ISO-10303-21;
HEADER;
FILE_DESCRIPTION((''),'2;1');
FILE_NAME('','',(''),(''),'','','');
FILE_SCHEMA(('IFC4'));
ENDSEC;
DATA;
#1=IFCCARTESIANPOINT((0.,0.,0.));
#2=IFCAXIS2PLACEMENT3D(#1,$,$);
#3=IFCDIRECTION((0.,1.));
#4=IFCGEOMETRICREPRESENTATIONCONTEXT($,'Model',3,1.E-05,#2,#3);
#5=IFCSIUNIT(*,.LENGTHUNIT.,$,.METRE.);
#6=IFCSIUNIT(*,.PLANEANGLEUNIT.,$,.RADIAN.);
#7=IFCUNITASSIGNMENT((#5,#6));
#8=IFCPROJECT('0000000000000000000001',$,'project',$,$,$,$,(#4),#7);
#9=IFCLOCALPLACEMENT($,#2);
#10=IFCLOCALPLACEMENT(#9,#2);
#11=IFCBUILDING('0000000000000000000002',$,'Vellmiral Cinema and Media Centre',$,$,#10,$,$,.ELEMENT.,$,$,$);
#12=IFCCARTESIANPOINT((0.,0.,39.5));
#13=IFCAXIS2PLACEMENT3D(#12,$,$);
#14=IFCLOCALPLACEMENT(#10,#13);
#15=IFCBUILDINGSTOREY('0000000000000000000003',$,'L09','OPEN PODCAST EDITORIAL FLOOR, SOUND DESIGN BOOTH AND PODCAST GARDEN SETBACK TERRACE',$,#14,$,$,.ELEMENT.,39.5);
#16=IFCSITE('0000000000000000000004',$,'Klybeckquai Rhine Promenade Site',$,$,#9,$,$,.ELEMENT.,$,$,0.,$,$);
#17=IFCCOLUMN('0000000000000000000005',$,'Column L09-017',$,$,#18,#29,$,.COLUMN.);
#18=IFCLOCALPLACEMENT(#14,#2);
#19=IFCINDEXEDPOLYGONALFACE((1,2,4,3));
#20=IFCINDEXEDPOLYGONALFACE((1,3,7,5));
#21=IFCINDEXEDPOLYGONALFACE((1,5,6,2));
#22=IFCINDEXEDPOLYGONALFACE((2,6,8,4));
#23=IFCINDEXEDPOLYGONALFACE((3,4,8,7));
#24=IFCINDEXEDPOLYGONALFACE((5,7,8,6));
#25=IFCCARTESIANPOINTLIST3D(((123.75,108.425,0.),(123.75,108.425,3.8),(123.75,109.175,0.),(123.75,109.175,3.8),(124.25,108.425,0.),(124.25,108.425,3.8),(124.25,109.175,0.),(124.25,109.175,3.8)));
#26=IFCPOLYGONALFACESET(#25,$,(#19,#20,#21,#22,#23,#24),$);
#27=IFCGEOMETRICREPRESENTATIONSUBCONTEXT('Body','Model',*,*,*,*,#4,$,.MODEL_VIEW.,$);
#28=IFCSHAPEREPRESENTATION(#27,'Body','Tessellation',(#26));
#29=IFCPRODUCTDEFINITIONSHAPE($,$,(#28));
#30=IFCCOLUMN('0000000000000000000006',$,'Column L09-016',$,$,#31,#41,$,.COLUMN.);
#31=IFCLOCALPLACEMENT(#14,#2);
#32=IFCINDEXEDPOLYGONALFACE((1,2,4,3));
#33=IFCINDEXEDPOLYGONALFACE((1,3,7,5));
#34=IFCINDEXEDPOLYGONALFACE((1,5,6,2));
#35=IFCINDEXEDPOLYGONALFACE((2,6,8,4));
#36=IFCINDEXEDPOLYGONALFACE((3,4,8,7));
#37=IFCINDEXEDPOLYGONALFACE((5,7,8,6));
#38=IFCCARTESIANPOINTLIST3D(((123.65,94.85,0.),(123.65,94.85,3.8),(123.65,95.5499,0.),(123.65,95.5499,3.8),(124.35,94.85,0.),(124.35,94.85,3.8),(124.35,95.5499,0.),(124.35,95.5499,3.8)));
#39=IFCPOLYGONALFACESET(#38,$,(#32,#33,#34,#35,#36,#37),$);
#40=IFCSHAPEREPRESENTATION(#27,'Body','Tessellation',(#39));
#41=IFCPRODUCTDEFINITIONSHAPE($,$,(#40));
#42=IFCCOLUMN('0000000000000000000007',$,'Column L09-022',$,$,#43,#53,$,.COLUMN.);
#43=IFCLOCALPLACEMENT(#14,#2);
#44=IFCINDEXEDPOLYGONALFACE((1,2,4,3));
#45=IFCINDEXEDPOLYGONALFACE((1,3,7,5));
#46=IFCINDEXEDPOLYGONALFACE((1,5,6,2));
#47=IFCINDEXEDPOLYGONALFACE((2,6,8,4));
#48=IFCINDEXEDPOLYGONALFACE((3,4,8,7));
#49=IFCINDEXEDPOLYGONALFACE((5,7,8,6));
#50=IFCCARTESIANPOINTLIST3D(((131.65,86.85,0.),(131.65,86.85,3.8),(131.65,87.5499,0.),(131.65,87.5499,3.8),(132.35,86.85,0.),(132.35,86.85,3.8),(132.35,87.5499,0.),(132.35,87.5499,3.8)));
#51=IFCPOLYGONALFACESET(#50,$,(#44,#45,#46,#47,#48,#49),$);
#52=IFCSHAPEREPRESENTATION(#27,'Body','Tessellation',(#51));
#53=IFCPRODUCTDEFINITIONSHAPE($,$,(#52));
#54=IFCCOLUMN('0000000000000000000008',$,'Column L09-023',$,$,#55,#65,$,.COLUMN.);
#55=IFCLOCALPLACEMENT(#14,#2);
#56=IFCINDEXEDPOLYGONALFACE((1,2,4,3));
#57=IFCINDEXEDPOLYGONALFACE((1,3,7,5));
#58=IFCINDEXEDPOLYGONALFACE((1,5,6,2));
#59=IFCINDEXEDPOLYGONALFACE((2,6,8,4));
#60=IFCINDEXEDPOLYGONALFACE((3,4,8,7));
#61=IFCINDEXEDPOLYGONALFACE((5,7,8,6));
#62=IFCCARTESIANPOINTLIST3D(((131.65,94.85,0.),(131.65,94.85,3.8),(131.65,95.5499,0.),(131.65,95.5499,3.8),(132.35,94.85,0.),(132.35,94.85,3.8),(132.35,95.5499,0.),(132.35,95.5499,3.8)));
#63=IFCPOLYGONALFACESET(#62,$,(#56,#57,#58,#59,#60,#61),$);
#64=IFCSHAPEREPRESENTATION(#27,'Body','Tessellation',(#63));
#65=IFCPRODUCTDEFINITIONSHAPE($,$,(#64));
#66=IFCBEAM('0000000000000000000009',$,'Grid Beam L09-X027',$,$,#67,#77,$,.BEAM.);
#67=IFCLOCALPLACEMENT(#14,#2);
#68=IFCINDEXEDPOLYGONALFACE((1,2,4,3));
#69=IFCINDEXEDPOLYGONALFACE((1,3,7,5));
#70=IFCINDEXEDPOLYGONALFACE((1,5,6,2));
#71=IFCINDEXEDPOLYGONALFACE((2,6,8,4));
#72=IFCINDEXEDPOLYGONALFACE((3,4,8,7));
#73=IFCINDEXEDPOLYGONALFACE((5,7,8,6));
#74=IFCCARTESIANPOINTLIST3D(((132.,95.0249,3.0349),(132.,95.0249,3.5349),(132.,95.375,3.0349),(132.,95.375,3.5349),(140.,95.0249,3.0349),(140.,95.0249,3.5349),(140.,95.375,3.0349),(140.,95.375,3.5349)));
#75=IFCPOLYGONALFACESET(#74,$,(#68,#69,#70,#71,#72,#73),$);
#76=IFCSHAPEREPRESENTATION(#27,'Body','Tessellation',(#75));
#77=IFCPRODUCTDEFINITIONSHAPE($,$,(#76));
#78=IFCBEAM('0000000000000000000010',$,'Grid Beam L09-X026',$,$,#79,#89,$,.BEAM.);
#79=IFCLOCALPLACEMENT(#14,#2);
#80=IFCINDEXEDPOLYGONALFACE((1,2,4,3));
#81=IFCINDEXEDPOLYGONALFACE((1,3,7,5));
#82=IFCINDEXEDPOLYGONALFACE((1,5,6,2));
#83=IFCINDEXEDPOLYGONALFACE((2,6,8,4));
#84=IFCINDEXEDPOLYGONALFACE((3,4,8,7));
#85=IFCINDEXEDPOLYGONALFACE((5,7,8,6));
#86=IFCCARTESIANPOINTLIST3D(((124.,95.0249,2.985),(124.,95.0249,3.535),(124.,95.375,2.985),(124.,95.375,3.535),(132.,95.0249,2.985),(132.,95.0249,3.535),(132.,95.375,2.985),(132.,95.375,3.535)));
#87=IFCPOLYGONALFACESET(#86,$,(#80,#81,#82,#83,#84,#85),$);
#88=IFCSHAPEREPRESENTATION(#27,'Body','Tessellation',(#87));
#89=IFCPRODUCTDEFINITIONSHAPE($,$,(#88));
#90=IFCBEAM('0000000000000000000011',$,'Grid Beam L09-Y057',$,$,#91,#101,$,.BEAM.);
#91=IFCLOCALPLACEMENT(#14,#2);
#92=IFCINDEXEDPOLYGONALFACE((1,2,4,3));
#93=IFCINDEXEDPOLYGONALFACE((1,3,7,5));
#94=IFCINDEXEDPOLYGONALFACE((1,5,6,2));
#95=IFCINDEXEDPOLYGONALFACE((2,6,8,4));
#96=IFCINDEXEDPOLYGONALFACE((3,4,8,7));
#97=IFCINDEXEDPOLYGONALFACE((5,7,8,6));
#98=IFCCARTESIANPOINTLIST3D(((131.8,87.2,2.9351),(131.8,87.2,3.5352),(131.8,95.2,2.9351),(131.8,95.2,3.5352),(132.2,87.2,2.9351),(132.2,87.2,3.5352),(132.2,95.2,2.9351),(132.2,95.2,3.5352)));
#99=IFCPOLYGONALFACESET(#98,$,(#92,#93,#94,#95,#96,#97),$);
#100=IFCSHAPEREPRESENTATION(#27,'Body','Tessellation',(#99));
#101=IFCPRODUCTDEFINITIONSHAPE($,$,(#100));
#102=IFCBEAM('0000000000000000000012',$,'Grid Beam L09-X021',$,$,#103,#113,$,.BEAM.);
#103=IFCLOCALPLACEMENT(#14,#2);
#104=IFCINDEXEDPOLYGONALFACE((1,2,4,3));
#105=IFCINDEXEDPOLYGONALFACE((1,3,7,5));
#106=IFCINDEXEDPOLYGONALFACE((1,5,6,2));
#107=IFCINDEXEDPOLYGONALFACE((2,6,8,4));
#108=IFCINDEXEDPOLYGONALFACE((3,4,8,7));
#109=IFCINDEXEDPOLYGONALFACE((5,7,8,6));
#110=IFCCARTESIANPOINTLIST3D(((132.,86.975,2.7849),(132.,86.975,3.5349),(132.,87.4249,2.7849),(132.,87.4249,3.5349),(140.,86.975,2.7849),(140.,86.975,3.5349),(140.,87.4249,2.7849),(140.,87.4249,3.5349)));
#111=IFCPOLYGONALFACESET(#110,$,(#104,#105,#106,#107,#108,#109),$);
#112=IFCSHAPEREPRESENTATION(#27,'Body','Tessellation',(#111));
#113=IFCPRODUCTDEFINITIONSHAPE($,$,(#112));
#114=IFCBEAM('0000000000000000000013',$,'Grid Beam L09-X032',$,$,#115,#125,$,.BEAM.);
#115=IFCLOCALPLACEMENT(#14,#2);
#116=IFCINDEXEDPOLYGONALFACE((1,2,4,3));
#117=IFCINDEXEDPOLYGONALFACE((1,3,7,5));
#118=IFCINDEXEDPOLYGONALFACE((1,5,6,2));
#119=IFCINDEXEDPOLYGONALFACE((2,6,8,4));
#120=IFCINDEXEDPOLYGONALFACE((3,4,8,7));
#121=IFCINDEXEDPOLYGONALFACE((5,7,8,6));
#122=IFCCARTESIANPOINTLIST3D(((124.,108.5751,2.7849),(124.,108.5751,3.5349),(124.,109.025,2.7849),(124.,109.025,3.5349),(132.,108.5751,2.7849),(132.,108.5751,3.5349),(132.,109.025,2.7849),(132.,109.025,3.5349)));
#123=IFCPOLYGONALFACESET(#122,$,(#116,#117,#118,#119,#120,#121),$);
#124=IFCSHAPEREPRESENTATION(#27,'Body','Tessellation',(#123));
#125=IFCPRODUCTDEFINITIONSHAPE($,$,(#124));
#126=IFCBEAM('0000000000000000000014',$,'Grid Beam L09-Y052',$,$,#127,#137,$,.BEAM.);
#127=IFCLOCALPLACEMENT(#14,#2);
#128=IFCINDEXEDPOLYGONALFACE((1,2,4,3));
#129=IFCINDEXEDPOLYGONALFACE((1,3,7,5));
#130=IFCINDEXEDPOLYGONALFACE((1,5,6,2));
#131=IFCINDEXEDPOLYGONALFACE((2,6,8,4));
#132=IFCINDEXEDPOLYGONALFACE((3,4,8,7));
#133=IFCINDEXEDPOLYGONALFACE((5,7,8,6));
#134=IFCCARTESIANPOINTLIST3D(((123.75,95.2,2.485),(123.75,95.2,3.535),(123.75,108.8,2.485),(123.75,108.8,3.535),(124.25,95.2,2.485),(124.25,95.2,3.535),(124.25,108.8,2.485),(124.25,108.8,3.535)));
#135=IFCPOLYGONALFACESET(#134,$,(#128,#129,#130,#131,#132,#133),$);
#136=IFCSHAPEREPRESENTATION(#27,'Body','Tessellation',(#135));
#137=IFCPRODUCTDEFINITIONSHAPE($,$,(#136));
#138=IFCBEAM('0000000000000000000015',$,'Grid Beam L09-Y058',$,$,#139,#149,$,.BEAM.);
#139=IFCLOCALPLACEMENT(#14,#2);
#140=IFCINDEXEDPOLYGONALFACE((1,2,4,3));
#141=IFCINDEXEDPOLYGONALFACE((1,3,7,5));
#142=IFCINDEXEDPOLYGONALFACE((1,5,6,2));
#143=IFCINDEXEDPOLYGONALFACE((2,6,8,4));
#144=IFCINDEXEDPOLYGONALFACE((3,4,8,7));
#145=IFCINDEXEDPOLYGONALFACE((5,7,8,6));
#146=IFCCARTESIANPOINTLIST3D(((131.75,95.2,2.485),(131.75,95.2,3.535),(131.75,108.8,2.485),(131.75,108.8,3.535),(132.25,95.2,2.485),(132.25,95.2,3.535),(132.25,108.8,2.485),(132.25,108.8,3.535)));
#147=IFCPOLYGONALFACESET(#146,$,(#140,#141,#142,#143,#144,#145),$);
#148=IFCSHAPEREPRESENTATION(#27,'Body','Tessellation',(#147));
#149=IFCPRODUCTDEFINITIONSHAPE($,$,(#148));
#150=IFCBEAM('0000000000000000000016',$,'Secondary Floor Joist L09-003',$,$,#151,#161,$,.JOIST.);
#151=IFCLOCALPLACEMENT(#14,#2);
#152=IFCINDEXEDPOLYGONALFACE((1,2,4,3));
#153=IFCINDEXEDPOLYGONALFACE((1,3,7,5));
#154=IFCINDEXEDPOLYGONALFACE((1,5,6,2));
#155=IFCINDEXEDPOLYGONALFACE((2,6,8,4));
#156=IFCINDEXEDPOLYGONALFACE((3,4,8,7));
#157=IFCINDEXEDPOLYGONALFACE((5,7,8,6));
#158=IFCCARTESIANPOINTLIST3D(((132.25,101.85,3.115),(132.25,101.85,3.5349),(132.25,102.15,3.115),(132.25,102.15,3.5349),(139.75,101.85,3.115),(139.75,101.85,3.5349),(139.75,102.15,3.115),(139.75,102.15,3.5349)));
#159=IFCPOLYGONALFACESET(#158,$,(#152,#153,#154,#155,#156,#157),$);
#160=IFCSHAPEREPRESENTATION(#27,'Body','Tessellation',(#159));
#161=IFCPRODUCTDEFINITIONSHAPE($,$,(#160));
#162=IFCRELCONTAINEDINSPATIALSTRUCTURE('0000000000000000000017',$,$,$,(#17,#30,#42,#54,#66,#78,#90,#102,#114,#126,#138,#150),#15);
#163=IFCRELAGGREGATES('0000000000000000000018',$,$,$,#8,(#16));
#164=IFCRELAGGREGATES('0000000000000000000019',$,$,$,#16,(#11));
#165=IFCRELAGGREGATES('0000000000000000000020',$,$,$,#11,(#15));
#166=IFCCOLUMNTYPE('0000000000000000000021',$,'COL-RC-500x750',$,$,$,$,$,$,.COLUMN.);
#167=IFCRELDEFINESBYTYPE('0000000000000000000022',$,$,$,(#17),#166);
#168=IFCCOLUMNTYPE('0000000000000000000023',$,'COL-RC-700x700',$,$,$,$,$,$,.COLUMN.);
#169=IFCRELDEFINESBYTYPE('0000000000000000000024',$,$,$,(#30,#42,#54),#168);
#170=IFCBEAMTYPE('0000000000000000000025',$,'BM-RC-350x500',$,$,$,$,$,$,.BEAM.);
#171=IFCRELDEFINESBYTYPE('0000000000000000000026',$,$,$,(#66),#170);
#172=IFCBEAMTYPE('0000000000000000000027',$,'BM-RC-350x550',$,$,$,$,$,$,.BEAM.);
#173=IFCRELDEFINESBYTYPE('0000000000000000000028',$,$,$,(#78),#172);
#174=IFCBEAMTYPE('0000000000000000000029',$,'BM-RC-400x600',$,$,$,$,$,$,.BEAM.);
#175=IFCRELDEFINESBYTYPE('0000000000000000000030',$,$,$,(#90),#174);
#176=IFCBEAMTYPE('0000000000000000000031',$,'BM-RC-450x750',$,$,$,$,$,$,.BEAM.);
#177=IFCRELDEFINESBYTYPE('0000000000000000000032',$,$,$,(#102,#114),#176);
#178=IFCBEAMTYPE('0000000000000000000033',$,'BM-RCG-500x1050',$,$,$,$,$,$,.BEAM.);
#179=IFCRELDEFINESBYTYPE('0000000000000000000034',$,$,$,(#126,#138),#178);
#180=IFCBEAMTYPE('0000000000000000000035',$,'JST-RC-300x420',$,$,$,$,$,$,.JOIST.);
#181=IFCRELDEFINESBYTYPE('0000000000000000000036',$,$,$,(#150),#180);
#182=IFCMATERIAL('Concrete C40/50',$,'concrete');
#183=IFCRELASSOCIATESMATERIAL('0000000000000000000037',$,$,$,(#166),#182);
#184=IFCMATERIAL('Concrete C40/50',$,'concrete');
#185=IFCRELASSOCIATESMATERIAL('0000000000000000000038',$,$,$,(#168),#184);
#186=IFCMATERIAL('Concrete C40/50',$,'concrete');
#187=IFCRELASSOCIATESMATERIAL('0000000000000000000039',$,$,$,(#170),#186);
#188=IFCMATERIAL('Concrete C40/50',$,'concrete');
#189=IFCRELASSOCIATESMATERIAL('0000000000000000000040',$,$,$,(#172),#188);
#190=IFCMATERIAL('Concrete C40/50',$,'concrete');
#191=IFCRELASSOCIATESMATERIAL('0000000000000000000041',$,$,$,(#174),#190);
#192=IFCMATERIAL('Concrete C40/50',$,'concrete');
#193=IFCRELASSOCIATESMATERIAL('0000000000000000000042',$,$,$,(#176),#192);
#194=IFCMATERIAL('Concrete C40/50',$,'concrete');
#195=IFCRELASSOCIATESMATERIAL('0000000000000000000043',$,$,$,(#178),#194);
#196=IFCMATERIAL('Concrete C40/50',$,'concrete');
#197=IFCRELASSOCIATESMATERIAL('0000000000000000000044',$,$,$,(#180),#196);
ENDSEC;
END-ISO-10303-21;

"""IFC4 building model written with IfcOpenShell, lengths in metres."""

from ifc_helpers import new_model, si_unit, direction, frame, origin, origin_2d, place, context, subcontext, project, spatial, rectangle, extrude, material, material_profile, profile_set, type_object, element, save


model = new_model("IFC4")

# Units and contexts
model_context = context("Model", 3, precision=1e-05, world=origin(), true_north=direction((0.0, 1.0)))
body_context = subcontext(model_context, "Body", "Model", "MODEL_VIEW")
ifc_project = project(units=[si_unit("LENGTHUNIT", "METRE"), si_unit("PLANEANGLEUNIT", "RADIAN")], contexts=[model_context])

# Site, building, storey
site_placement = place(None, origin())
site = spatial("IfcSite", under=ifc_project, at=site_placement, Name="Klybeckquai Rhine Promenade Site", CompositionType="ELEMENT", RefElevation=0.0)
building_placement = place(site_placement, origin())
building = spatial("IfcBuilding", under=site, at=building_placement, Name="Vellmiral Cinema and Media Centre", CompositionType="ELEMENT")
storey_placement = place(building_placement, frame((0.0, 0.0, 39.5)))
storey = spatial("IfcBuildingStorey", under=building, at=storey_placement, Name="L09", Description="OPEN PODCAST EDITORIAL FLOOR, SOUND DESIGN BOOTH AND PODCAST GARDEN SETBACK TERRACE", CompositionType="ELEMENT", Elevation=39.5)

# Columns
ifc_material_1 = material(Name="Concrete C40/50", Category="concrete")
ifc_material_profile_1 = material_profile(ifc_material_1, rectangle(XDim=0.5, YDim=0.75, at=origin_2d()), Name="RC 500x750")
ifc_profile_set_1 = profile_set([ifc_material_profile_1], Name="Concrete C40/50")
column_type_1 = type_object("IfcColumnType", Name="COL-RC-500x750", PredefinedType="COLUMN", material=ifc_profile_set_1)
column_placement = place(storey_placement, frame((124.0, 108.8, 0.0), z_axis=(0.0, 0.0, 1.0), x_axis=(1.0, 0.0, 0.0)))
element("IfcColumn", 1, at=column_placement, inside=storey, type_object=column_type_1, Name="Column L09-017", PredefinedType="COLUMN", context=body_context, shape_type="SweptSolid", body=[
    extrude(rectangle(XDim=0.5, YDim=0.75, at=origin_2d()), origin(), (0.0, 0.0, 1.0), 3.8),
])
ifc_material_2 = material(Name="Concrete C40/50", Category="concrete")
ifc_material_profile_2 = material_profile(ifc_material_2, rectangle(XDim=0.7, YDim=0.7, at=origin_2d()), Name="RC 700x700")
ifc_profile_set_2 = profile_set([ifc_material_profile_2], Name="Concrete C40/50")
column_type_2 = type_object("IfcColumnType", Name="COL-RC-700x700", PredefinedType="COLUMN", material=ifc_profile_set_2)
for number, where, z_axis, x_axis, name in (
    (2, (124.0, 95.2, 0.0), (0.0, 0.0, 1.0), (1.0, 0.0, 0.0), "Column L09-016"),
    (3, (132.0, 87.2, 0.0), (0.0, 0.0, 1.0), (1.0, 0.0, 0.0), "Column L09-022"),
    (4, (132.0, 95.2, 0.0), (0.0, 0.0, 1.0), (1.0, 0.0, 0.0), "Column L09-023"),
):
    element("IfcColumn", number, at=place(storey_placement, frame(where, z_axis=z_axis, x_axis=x_axis)), inside=storey, type_object=column_type_2, Name=name, PredefinedType="COLUMN", context=body_context, shape_type="SweptSolid", body=[
        extrude(rectangle(XDim=0.7, YDim=0.7, at=origin_2d()), origin(), (0.0, 0.0, 1.0), 3.8),
    ])

# Beams
ifc_material_3 = material(Name="Concrete C40/50", Category="concrete")
ifc_material_profile_3 = material_profile(ifc_material_3, rectangle(XDim=0.3501, YDim=0.5, at=origin_2d()), Name="RC 350x500")
ifc_profile_set_3 = profile_set([ifc_material_profile_3], Name="Concrete C40/50")
beam_type_1 = type_object("IfcBeamType", Name="BM-RC-350x500", PredefinedType="BEAM", material=ifc_profile_set_3)
beam_1_placement = place(storey_placement, frame((132.0, 95.2, 3.2849), z_axis=(1.0, 0.0, 0.0), x_axis=(0.0, 1.0, 0.0)))
element("IfcBeam", 5, at=beam_1_placement, inside=storey, type_object=beam_type_1, Name="Grid Beam L09-X027", PredefinedType="BEAM", context=body_context, shape_type="SweptSolid", body=[
    extrude(rectangle(XDim=0.3501, YDim=0.5, at=origin_2d()), origin(), (0.0, 0.0, 1.0), 8.0),
])
ifc_material_4 = material(Name="Concrete C40/50", Category="concrete")
ifc_material_profile_4 = material_profile(ifc_material_4, rectangle(XDim=0.3501, YDim=0.55, at=origin_2d()), Name="RC 350x550")
ifc_profile_set_4 = profile_set([ifc_material_profile_4], Name="Concrete C40/50")
beam_type_2 = type_object("IfcBeamType", Name="BM-RC-350x550", PredefinedType="BEAM", material=ifc_profile_set_4)
beam_2_placement = place(storey_placement, frame((124.0, 95.2, 3.26), z_axis=(1.0, 0.0, 0.0), x_axis=(0.0, 1.0, 0.0)))
element("IfcBeam", 6, at=beam_2_placement, inside=storey, type_object=beam_type_2, Name="Grid Beam L09-X026", PredefinedType="BEAM", context=body_context, shape_type="SweptSolid", body=[
    extrude(rectangle(XDim=0.3501, YDim=0.55, at=origin_2d()), origin(), (0.0, 0.0, 1.0), 8.0),
])
ifc_material_5 = material(Name="Concrete C40/50", Category="concrete")
ifc_material_profile_5 = material_profile(ifc_material_5, rectangle(XDim=0.3999, YDim=0.6001, at=origin_2d()), Name="RC 400x600")
ifc_profile_set_5 = profile_set([ifc_material_profile_5], Name="Concrete C40/50")
beam_type_3 = type_object("IfcBeamType", Name="BM-RC-400x600", PredefinedType="BEAM", material=ifc_profile_set_5)
beam_3_placement = place(storey_placement, frame((132.0, 87.2, 3.2351), z_axis=(0.0, 1.0, 0.0), x_axis=(-1.0, 0.0, 0.0)))
element("IfcBeam", 7, at=beam_3_placement, inside=storey, type_object=beam_type_3, Name="Grid Beam L09-Y057", PredefinedType="BEAM", context=body_context, shape_type="SweptSolid", body=[
    extrude(rectangle(XDim=0.3999, YDim=0.6001, at=origin_2d()), origin(), (0.0, 0.0, 1.0), 8.0),
])
ifc_material_6 = material(Name="Concrete C40/50", Category="concrete")
ifc_material_profile_6 = material_profile(ifc_material_6, rectangle(XDim=0.45, YDim=0.75, at=origin_2d()), Name="RC 450x750")
ifc_profile_set_6 = profile_set([ifc_material_profile_6], Name="Concrete C40/50")
beam_type_4 = type_object("IfcBeamType", Name="BM-RC-450x750", PredefinedType="BEAM", material=ifc_profile_set_6)
for number, where, z_axis, x_axis, name in (
    (8, (132.0, 87.2, 3.1599), (1.0, 0.0, 0.0), (0.0, 1.0, 0.0), "Grid Beam L09-X021"),
    (9, (124.0, 108.8, 3.1599), (1.0, 0.0, 0.0), (0.0, 1.0, 0.0), "Grid Beam L09-X032"),
):
    element("IfcBeam", number, at=place(storey_placement, frame(where, z_axis=z_axis, x_axis=x_axis)), inside=storey, type_object=beam_type_4, Name=name, PredefinedType="BEAM", context=body_context, shape_type="SweptSolid", body=[
        extrude(rectangle(XDim=0.45, YDim=0.75, at=origin_2d()), origin(), (0.0, 0.0, 1.0), 8.0),
    ])
ifc_material_7 = material(Name="Concrete C40/50", Category="concrete")
ifc_material_profile_7 = material_profile(ifc_material_7, rectangle(XDim=0.5, YDim=1.05, at=origin_2d()), Name="RC 500x1050")
ifc_profile_set_7 = profile_set([ifc_material_profile_7], Name="Concrete C40/50")
beam_type_5 = type_object("IfcBeamType", Name="BM-RCG-500x1050", PredefinedType="BEAM", material=ifc_profile_set_7)
for number, where, z_axis, x_axis, name in (
    (10, (124.0, 95.2, 3.01), (0.0, 1.0, 0.0), (-1.0, 0.0, 0.0), "Grid Beam L09-Y052"),
    (11, (132.0, 95.2, 3.01), (0.0, 1.0, 0.0), (-1.0, 0.0, 0.0), "Grid Beam L09-Y058"),
):
    element("IfcBeam", number, at=place(storey_placement, frame(where, z_axis=z_axis, x_axis=x_axis)), inside=storey, type_object=beam_type_5, Name=name, PredefinedType="BEAM", context=body_context, shape_type="SweptSolid", body=[
        extrude(rectangle(XDim=0.5, YDim=1.05, at=origin_2d()), origin(), (0.0, 0.0, 1.0), 13.6001),
    ])
ifc_material_8 = material(Name="Concrete C40/50", Category="concrete")
ifc_material_profile_8 = material_profile(ifc_material_8, rectangle(XDim=0.3, YDim=0.4199, at=origin_2d()), Name="RC 300x420")
ifc_profile_set_8 = profile_set([ifc_material_profile_8], Name="Concrete C40/50")
beam_type_6 = type_object("IfcBeamType", Name="JST-RC-300x420", PredefinedType="JOIST", material=ifc_profile_set_8)
beam_4_placement = place(storey_placement, frame((132.25, 102.0, 3.325), z_axis=(1.0, 0.0, 0.0), x_axis=(0.0, 1.0, 0.0)))
element("IfcBeam", 12, at=beam_4_placement, inside=storey, type_object=beam_type_6, Name="Secondary Floor Joist L09-003", PredefinedType="JOIST", context=body_context, shape_type="SweptSolid", body=[
    extrude(rectangle(XDim=0.3, YDim=0.4199, at=origin_2d()), origin(), (0.0, 0.0, 1.0), 7.5),
])

save(model, "model.ifc")
